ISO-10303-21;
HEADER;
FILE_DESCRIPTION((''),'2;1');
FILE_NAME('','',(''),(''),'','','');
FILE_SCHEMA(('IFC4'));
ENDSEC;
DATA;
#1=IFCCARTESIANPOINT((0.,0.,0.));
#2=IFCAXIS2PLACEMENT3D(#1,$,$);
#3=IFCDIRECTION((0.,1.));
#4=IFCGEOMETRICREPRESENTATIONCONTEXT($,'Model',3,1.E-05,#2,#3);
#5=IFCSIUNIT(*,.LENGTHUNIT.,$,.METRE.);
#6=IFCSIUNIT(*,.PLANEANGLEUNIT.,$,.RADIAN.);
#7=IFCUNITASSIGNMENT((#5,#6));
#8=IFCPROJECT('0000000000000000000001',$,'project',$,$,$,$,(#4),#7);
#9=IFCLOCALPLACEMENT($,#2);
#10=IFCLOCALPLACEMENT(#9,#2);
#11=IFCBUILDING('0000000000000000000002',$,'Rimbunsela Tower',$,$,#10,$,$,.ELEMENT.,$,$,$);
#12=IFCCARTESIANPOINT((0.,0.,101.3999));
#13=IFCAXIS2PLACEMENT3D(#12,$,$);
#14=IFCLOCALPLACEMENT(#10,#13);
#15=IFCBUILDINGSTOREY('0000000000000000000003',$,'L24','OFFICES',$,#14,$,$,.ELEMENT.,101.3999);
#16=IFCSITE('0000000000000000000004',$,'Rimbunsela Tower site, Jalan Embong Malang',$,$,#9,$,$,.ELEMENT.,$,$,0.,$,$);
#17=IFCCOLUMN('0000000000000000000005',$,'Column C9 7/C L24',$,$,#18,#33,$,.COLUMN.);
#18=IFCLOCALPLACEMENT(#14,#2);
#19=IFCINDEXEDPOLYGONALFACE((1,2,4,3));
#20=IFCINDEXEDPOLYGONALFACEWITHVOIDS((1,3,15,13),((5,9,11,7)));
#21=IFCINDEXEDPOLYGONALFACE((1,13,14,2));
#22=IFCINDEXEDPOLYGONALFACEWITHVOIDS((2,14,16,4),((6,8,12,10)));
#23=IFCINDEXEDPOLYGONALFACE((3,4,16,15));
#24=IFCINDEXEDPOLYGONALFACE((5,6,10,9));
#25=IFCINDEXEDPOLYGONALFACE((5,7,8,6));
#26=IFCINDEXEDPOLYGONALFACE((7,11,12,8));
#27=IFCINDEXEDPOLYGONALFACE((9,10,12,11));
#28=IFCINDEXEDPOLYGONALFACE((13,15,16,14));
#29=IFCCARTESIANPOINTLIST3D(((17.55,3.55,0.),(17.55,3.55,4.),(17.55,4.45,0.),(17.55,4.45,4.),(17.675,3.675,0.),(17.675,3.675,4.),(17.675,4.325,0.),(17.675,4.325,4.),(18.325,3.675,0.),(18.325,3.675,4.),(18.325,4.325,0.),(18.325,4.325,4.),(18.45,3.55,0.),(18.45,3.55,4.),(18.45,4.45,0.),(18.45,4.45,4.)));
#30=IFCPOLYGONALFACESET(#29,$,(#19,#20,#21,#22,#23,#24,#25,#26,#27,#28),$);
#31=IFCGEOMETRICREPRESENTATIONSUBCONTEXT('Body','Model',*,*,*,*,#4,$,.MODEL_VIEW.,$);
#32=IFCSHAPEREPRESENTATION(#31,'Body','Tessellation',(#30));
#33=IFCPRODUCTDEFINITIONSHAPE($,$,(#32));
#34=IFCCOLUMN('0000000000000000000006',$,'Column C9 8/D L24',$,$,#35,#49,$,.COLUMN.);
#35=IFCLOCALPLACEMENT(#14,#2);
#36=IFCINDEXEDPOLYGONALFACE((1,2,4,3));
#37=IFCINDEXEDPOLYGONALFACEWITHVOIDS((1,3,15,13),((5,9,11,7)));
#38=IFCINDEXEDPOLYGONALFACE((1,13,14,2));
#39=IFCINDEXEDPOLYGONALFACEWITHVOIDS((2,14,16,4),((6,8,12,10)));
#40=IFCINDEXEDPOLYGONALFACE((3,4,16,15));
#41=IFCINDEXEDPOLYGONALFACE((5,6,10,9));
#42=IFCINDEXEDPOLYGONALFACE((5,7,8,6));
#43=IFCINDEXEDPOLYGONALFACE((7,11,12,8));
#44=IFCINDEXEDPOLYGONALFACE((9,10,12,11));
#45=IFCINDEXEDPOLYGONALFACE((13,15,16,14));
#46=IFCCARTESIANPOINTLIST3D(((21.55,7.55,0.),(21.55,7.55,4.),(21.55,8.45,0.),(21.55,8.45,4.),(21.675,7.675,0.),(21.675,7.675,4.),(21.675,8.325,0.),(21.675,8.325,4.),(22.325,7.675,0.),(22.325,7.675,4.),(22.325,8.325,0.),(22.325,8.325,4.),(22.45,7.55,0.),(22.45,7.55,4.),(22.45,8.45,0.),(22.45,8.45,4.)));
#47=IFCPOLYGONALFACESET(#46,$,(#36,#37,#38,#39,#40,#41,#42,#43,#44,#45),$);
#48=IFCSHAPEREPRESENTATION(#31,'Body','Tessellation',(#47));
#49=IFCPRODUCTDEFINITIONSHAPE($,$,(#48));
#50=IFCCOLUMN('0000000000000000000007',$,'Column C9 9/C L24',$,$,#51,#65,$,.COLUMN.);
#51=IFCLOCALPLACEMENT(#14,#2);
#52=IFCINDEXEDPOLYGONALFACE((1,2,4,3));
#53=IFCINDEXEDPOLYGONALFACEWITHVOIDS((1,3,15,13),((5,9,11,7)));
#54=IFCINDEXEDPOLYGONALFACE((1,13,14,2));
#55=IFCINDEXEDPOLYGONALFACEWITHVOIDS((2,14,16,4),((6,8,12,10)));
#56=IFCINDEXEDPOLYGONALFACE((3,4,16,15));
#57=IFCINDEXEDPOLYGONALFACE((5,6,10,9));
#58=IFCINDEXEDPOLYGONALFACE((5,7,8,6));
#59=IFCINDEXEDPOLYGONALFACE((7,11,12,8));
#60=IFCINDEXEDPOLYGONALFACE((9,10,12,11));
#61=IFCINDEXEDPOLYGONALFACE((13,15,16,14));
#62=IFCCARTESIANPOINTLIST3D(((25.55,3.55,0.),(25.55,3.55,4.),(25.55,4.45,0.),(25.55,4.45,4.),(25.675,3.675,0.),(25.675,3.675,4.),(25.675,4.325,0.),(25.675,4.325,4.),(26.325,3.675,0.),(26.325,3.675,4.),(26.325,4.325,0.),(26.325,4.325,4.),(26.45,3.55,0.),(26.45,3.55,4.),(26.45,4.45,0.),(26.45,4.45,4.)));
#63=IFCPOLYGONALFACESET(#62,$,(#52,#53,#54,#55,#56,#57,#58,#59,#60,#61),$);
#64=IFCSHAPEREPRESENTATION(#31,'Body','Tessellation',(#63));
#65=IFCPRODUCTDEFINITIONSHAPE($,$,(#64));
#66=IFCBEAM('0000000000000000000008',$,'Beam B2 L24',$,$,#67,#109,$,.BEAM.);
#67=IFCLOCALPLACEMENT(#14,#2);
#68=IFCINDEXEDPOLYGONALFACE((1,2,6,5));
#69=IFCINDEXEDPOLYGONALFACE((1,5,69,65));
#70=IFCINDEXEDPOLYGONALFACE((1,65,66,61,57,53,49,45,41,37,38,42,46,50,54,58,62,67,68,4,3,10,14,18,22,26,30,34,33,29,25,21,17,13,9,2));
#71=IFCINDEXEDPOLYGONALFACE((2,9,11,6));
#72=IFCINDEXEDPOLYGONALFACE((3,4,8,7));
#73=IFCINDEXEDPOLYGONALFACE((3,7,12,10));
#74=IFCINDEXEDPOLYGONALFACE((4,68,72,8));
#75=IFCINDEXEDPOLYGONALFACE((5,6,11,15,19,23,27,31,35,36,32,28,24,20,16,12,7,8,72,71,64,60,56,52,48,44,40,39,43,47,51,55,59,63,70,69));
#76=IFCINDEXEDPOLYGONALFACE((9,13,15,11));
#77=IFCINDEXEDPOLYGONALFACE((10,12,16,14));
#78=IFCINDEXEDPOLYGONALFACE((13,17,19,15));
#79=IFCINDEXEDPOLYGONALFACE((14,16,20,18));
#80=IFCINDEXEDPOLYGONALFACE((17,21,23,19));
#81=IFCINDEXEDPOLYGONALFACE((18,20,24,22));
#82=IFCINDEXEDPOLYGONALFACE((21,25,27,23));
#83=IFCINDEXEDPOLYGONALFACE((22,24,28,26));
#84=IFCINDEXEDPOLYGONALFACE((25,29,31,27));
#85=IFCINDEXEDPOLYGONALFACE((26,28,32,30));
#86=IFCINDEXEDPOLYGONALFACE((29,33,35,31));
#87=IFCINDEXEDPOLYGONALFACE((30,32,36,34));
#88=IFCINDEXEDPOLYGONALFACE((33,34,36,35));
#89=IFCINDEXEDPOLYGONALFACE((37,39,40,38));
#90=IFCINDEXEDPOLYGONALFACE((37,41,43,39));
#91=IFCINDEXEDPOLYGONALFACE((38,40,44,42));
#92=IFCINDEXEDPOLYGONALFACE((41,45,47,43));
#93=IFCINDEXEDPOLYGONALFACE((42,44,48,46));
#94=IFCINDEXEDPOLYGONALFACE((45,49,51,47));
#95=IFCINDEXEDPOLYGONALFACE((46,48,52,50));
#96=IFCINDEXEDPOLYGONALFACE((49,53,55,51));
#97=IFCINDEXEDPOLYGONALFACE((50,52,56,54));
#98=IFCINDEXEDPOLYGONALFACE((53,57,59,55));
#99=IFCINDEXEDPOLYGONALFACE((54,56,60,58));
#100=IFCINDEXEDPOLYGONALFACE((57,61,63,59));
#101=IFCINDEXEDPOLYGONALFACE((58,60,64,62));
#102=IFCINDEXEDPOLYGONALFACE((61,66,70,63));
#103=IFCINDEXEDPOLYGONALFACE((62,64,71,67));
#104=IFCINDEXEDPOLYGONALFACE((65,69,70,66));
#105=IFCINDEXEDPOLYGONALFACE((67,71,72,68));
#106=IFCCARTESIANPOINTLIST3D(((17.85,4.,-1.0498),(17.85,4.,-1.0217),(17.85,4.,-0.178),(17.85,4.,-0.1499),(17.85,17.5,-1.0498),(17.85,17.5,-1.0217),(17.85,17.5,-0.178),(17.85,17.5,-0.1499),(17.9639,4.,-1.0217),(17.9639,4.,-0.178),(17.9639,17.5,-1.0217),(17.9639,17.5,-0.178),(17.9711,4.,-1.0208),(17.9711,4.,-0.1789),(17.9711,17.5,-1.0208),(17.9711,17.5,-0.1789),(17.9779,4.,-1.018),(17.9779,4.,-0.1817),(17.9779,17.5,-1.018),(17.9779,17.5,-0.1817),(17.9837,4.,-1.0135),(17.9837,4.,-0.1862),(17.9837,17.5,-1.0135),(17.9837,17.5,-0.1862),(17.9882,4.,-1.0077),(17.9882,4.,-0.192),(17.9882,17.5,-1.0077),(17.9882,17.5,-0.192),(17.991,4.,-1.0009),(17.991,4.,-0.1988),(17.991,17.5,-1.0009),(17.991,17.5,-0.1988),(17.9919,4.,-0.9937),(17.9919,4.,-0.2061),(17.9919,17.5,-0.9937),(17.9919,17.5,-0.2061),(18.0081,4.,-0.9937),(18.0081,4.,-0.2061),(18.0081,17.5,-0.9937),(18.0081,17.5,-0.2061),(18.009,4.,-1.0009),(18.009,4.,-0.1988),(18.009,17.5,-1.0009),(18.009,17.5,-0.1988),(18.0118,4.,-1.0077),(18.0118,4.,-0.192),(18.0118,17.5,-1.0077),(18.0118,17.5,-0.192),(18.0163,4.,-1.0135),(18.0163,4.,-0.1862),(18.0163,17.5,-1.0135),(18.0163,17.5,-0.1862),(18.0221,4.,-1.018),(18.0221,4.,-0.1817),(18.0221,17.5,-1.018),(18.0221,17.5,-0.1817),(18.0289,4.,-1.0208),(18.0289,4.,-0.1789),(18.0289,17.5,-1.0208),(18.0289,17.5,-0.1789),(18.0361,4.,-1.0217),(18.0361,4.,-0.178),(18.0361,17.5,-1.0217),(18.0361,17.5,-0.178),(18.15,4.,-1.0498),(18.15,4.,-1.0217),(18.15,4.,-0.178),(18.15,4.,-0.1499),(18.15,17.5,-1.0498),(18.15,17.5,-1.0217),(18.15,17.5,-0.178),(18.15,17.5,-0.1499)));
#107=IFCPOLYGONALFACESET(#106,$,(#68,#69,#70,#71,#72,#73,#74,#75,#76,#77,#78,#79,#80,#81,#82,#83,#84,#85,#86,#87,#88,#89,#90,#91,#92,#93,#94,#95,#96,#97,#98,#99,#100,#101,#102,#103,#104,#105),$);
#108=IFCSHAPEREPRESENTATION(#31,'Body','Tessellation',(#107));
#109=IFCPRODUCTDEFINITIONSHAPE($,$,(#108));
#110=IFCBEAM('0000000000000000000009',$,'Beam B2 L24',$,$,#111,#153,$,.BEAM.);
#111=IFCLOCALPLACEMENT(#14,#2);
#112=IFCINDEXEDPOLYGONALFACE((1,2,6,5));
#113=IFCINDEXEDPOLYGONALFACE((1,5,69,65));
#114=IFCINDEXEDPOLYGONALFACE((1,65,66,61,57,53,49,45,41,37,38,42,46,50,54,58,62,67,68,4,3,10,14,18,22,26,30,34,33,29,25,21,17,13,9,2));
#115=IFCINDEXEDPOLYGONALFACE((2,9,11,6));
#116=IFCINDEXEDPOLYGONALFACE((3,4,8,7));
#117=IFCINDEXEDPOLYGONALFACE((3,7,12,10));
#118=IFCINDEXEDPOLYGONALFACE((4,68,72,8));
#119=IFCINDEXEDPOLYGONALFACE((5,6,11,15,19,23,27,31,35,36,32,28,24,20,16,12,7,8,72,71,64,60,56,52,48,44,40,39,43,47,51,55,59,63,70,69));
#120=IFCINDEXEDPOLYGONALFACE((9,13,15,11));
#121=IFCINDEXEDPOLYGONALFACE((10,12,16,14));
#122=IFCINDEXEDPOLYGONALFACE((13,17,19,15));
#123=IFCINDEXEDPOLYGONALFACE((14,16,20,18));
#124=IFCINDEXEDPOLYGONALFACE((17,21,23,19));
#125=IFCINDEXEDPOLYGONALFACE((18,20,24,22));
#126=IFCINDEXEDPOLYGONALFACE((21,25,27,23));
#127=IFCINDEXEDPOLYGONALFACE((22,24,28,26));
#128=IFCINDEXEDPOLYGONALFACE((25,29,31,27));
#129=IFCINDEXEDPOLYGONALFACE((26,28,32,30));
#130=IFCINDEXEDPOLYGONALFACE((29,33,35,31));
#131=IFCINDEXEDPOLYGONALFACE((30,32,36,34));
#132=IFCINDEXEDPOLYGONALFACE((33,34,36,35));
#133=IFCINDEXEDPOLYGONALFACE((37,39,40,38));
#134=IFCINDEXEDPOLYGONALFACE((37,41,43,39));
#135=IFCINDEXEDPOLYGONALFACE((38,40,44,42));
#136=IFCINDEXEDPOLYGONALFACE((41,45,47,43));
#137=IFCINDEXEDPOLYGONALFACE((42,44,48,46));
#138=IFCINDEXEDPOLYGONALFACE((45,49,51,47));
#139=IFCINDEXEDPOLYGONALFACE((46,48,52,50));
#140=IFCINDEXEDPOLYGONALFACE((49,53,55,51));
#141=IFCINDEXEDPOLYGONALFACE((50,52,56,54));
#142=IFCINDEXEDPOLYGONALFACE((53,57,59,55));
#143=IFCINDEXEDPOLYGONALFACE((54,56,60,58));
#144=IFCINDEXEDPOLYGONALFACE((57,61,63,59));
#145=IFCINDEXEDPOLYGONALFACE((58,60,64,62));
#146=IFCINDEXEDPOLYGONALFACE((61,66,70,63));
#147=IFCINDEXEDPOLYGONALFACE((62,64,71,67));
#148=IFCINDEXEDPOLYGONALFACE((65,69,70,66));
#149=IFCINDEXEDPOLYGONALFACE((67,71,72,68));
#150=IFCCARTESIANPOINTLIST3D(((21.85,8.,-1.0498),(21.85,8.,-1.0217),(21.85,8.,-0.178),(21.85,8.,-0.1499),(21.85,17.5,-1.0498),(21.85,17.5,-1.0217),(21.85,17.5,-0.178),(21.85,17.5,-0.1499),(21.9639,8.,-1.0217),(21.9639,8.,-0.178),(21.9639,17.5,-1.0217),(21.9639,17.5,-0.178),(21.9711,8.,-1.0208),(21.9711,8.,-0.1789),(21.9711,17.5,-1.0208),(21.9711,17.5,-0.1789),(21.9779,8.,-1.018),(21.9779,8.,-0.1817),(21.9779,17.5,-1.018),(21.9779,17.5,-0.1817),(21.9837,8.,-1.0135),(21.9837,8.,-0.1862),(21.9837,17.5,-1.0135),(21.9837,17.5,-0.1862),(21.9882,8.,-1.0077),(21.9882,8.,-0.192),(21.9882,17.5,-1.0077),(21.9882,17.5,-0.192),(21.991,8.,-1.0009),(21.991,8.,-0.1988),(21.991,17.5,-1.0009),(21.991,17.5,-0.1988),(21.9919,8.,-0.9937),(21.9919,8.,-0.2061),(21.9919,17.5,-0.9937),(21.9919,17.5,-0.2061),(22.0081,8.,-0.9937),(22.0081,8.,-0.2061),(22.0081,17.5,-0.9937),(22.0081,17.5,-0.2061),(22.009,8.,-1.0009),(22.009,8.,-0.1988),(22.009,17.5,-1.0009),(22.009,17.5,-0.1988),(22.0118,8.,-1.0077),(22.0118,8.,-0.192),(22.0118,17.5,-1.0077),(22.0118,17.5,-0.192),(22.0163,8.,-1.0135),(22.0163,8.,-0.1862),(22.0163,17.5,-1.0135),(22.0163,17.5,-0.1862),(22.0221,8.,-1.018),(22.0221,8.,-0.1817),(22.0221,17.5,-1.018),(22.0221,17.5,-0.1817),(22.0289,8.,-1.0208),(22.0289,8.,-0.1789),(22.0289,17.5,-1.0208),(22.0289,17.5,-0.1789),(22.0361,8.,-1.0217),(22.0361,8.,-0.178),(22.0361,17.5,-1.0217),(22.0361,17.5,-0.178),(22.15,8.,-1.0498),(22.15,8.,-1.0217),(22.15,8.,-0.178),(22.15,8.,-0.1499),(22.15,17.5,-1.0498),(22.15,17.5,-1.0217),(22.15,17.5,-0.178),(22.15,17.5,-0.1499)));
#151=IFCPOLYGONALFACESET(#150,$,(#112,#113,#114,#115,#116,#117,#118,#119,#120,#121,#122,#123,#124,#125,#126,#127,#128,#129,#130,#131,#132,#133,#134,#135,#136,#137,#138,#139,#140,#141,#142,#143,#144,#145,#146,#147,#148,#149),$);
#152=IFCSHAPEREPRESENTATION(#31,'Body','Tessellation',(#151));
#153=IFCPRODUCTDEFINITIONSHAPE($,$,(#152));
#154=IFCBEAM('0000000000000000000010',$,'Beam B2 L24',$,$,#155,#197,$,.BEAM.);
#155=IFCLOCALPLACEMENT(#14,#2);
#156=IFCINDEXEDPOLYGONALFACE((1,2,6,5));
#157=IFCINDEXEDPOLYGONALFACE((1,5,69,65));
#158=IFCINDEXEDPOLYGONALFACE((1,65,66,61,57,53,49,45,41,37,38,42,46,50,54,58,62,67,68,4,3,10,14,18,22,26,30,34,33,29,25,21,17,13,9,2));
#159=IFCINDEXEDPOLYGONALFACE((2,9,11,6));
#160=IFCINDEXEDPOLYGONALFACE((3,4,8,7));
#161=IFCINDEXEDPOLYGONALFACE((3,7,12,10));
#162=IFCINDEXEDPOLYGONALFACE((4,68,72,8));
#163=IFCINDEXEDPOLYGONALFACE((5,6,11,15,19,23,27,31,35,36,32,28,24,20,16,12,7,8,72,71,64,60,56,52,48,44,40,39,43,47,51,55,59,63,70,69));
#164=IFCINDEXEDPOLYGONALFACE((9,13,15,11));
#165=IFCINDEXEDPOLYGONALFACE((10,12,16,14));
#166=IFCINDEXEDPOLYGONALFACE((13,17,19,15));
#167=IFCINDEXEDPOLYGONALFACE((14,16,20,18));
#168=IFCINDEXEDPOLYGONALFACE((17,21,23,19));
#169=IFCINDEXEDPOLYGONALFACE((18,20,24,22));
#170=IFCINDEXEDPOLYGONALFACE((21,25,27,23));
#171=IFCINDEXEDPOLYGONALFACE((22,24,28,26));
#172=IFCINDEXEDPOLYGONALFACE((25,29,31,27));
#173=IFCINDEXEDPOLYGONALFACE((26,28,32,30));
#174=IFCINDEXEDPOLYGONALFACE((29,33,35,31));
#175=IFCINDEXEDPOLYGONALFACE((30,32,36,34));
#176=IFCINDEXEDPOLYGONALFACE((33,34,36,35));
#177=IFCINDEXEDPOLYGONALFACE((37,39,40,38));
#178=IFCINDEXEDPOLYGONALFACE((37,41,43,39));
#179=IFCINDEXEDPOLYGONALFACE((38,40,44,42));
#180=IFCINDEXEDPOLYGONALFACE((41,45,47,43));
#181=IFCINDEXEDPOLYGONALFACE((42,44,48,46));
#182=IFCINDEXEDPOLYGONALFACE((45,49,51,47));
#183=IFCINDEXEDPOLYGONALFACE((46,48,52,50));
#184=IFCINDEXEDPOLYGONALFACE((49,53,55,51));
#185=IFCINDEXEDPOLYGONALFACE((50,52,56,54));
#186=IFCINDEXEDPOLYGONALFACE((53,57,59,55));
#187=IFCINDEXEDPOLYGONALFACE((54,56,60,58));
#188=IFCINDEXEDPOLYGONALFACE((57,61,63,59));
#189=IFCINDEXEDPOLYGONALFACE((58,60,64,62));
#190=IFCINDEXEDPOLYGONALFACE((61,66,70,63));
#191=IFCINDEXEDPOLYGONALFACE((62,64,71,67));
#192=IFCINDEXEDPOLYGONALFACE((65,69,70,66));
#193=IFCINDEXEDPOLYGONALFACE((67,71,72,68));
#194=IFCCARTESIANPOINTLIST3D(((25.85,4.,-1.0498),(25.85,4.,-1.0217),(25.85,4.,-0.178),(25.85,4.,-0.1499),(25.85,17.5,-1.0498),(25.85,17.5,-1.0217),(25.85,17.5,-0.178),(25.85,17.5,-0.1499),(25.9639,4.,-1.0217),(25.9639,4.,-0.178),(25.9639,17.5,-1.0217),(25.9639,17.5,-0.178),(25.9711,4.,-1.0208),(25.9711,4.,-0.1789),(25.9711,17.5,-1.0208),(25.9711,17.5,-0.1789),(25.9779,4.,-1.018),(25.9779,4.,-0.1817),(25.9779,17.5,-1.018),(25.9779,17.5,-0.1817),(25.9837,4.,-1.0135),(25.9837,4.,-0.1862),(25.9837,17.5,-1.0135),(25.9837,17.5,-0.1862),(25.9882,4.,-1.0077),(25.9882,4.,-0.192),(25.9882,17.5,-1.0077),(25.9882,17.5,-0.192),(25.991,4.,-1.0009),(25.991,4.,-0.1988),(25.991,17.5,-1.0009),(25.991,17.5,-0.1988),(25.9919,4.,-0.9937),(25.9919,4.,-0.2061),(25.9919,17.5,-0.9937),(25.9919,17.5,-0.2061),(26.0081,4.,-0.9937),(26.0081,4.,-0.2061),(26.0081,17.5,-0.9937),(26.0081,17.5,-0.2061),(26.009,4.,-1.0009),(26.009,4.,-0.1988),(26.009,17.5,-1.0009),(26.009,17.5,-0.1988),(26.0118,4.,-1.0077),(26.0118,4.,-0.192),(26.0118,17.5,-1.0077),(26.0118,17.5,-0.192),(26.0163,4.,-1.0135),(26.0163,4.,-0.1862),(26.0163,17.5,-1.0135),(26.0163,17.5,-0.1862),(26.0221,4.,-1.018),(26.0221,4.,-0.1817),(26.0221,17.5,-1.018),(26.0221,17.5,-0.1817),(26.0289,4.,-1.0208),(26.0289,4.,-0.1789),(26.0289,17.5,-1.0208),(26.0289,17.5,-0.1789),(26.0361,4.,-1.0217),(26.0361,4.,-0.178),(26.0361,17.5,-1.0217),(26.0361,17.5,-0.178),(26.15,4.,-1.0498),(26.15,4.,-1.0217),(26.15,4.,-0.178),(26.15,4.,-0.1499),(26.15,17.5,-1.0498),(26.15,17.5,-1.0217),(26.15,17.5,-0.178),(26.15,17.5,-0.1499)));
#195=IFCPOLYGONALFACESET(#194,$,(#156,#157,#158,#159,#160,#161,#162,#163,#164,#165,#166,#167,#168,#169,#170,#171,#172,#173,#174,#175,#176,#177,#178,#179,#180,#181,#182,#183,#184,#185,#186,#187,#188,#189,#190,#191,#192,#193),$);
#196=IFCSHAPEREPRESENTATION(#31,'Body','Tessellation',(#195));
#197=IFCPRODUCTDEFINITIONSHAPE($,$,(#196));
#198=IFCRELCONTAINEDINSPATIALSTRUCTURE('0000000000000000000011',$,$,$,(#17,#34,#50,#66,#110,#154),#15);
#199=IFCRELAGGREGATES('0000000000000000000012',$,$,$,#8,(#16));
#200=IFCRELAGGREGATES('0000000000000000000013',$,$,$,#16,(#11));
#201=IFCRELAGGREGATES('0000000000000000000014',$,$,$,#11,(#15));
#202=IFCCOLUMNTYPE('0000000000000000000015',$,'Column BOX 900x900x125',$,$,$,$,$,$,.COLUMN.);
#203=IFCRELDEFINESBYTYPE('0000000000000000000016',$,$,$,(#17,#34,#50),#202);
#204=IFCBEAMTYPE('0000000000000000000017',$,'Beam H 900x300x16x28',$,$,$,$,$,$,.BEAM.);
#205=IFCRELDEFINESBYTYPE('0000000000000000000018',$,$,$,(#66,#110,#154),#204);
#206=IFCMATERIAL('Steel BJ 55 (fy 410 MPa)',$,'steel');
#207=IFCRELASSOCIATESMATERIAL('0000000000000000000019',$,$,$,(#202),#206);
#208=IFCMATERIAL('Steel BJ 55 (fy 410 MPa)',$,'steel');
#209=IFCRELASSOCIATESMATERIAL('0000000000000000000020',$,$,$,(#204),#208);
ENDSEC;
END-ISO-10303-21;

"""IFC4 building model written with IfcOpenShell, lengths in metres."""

from ifc_helpers import new_model, si_unit, direction, frame, origin, origin_2d, place, context, subcontext, project, spatial, hollow_rectangle, i_section, extrude, material, material_profile, profile_set, type_object, element, save


model = new_model("IFC4")

# Units and contexts
model_context = context("Model", 3, precision=1e-05, world=origin(), true_north=direction((0.0, 1.0)))
body_context = subcontext(model_context, "Body", "Model", "MODEL_VIEW")
ifc_project = project(units=[si_unit("LENGTHUNIT", "METRE"), si_unit("PLANEANGLEUNIT", "RADIAN")], contexts=[model_context])

# Site, building, storey
site_placement = place(None, origin())
site = spatial("IfcSite", under=ifc_project, at=site_placement, Name="Rimbunsela Tower site, Jalan Embong Malang", CompositionType="ELEMENT", RefElevation=0.0)
building_placement = place(site_placement, origin())
building = spatial("IfcBuilding", under=site, at=building_placement, Name="Rimbunsela Tower", CompositionType="ELEMENT")
storey_placement = place(building_placement, frame((0.0, 0.0, 101.3999)))
storey = spatial("IfcBuildingStorey", under=building, at=storey_placement, Name="L24", Description="OFFICES", CompositionType="ELEMENT", Elevation=101.3999)

# Columns
ifc_material_1 = material(Name="Steel BJ 55 (fy 410 MPa)", Category="steel")
ifc_material_profile_1 = material_profile(ifc_material_1, hollow_rectangle(XDim=0.8999, YDim=0.8999, WallThickness=0.125, at=origin_2d()), Name="BOX 900x900x125")
ifc_profile_set_1 = profile_set([ifc_material_profile_1], Name="Steel BJ 55 (fy 410 MPa)")
column_type = type_object("IfcColumnType", Name="Column BOX 900x900x125", PredefinedType="COLUMN", material=ifc_profile_set_1)
for number, where, z_axis, x_axis, name in (
    (1, (18.0, 4.0, 0.0), (0.0, 0.0, 1.0), (1.0, 0.0, 0.0), "Column C9 7/C L24"),
    (2, (22.0, 8.0, 0.0), (0.0, 0.0, 1.0), (1.0, 0.0, 0.0), "Column C9 8/D L24"),
    (3, (26.0, 4.0, 0.0), (0.0, 0.0, 1.0), (1.0, 0.0, 0.0), "Column C9 9/C L24"),
):
    element("IfcColumn", number, at=place(storey_placement, frame(where, z_axis=z_axis, x_axis=x_axis)), inside=storey, type_object=column_type, Name=name, PredefinedType="COLUMN", context=body_context, shape_type="SweptSolid", body=[
        extrude(hollow_rectangle(XDim=0.8999, YDim=0.8999, WallThickness=0.125, at=origin_2d()), origin(), (0.0, 0.0, 1.0), 4.0),
    ])

# Beams
ifc_material_2 = material(Name="Steel BJ 55 (fy 410 MPa)", Category="steel")
ifc_material_profile_2 = material_profile(ifc_material_2, i_section(OverallWidth=0.3, OverallDepth=0.8999, WebThickness=0.0161, FlangeThickness=0.0281, FilletRadius=0.0281, at=origin_2d()), Name="H 900x300x16x28")
ifc_profile_set_2 = profile_set([ifc_material_profile_2], Name="Steel BJ 55 (fy 410 MPa)")
beam_type = type_object("IfcBeamType", Name="Beam H 900x300x16x28", PredefinedType="BEAM", material=ifc_profile_set_2)
beam_1_placement = place(storey_placement, frame((18.0, 4.0, -0.5999), z_axis=(0.0, 1.0, 0.0), x_axis=(-1.0, 0.0, 0.0)))
element("IfcBeam", 4, at=beam_1_placement, inside=storey, type_object=beam_type, Name="Beam B2 L24", PredefinedType="BEAM", context=body_context, shape_type="SweptSolid", body=[
    extrude(i_section(OverallWidth=0.3, OverallDepth=0.8999, WebThickness=0.0161, FlangeThickness=0.0281, FilletRadius=0.0281, at=origin_2d()), origin(), (0.0, 0.0, 1.0), 13.5),
])
beam_2_placement = place(storey_placement, frame((22.0, 8.0, -0.5999), z_axis=(0.0, 1.0, 0.0), x_axis=(-1.0, 0.0, 0.0)))
element("IfcBeam", 5, at=beam_2_placement, inside=storey, type_object=beam_type, Name="Beam B2 L24", PredefinedType="BEAM", context=body_context, shape_type="SweptSolid", body=[
    extrude(i_section(OverallWidth=0.3, OverallDepth=0.8999, WebThickness=0.0161, FlangeThickness=0.0281, FilletRadius=0.0281, at=origin_2d()), origin(), (0.0, 0.0, 1.0), 9.5),
])
beam_3_placement = place(storey_placement, frame((26.0, 4.0, -0.5999), z_axis=(0.0, 1.0, 0.0), x_axis=(-1.0, 0.0, 0.0)))
element("IfcBeam", 6, at=beam_3_placement, inside=storey, type_object=beam_type, Name="Beam B2 L24", PredefinedType="BEAM", context=body_context, shape_type="SweptSolid", body=[
    extrude(i_section(OverallWidth=0.3, OverallDepth=0.8999, WebThickness=0.0161, FlangeThickness=0.0281, FilletRadius=0.0281, at=origin_2d()), origin(), (0.0, 0.0, 1.0), 13.5),
])

save(model, "model.ifc")
